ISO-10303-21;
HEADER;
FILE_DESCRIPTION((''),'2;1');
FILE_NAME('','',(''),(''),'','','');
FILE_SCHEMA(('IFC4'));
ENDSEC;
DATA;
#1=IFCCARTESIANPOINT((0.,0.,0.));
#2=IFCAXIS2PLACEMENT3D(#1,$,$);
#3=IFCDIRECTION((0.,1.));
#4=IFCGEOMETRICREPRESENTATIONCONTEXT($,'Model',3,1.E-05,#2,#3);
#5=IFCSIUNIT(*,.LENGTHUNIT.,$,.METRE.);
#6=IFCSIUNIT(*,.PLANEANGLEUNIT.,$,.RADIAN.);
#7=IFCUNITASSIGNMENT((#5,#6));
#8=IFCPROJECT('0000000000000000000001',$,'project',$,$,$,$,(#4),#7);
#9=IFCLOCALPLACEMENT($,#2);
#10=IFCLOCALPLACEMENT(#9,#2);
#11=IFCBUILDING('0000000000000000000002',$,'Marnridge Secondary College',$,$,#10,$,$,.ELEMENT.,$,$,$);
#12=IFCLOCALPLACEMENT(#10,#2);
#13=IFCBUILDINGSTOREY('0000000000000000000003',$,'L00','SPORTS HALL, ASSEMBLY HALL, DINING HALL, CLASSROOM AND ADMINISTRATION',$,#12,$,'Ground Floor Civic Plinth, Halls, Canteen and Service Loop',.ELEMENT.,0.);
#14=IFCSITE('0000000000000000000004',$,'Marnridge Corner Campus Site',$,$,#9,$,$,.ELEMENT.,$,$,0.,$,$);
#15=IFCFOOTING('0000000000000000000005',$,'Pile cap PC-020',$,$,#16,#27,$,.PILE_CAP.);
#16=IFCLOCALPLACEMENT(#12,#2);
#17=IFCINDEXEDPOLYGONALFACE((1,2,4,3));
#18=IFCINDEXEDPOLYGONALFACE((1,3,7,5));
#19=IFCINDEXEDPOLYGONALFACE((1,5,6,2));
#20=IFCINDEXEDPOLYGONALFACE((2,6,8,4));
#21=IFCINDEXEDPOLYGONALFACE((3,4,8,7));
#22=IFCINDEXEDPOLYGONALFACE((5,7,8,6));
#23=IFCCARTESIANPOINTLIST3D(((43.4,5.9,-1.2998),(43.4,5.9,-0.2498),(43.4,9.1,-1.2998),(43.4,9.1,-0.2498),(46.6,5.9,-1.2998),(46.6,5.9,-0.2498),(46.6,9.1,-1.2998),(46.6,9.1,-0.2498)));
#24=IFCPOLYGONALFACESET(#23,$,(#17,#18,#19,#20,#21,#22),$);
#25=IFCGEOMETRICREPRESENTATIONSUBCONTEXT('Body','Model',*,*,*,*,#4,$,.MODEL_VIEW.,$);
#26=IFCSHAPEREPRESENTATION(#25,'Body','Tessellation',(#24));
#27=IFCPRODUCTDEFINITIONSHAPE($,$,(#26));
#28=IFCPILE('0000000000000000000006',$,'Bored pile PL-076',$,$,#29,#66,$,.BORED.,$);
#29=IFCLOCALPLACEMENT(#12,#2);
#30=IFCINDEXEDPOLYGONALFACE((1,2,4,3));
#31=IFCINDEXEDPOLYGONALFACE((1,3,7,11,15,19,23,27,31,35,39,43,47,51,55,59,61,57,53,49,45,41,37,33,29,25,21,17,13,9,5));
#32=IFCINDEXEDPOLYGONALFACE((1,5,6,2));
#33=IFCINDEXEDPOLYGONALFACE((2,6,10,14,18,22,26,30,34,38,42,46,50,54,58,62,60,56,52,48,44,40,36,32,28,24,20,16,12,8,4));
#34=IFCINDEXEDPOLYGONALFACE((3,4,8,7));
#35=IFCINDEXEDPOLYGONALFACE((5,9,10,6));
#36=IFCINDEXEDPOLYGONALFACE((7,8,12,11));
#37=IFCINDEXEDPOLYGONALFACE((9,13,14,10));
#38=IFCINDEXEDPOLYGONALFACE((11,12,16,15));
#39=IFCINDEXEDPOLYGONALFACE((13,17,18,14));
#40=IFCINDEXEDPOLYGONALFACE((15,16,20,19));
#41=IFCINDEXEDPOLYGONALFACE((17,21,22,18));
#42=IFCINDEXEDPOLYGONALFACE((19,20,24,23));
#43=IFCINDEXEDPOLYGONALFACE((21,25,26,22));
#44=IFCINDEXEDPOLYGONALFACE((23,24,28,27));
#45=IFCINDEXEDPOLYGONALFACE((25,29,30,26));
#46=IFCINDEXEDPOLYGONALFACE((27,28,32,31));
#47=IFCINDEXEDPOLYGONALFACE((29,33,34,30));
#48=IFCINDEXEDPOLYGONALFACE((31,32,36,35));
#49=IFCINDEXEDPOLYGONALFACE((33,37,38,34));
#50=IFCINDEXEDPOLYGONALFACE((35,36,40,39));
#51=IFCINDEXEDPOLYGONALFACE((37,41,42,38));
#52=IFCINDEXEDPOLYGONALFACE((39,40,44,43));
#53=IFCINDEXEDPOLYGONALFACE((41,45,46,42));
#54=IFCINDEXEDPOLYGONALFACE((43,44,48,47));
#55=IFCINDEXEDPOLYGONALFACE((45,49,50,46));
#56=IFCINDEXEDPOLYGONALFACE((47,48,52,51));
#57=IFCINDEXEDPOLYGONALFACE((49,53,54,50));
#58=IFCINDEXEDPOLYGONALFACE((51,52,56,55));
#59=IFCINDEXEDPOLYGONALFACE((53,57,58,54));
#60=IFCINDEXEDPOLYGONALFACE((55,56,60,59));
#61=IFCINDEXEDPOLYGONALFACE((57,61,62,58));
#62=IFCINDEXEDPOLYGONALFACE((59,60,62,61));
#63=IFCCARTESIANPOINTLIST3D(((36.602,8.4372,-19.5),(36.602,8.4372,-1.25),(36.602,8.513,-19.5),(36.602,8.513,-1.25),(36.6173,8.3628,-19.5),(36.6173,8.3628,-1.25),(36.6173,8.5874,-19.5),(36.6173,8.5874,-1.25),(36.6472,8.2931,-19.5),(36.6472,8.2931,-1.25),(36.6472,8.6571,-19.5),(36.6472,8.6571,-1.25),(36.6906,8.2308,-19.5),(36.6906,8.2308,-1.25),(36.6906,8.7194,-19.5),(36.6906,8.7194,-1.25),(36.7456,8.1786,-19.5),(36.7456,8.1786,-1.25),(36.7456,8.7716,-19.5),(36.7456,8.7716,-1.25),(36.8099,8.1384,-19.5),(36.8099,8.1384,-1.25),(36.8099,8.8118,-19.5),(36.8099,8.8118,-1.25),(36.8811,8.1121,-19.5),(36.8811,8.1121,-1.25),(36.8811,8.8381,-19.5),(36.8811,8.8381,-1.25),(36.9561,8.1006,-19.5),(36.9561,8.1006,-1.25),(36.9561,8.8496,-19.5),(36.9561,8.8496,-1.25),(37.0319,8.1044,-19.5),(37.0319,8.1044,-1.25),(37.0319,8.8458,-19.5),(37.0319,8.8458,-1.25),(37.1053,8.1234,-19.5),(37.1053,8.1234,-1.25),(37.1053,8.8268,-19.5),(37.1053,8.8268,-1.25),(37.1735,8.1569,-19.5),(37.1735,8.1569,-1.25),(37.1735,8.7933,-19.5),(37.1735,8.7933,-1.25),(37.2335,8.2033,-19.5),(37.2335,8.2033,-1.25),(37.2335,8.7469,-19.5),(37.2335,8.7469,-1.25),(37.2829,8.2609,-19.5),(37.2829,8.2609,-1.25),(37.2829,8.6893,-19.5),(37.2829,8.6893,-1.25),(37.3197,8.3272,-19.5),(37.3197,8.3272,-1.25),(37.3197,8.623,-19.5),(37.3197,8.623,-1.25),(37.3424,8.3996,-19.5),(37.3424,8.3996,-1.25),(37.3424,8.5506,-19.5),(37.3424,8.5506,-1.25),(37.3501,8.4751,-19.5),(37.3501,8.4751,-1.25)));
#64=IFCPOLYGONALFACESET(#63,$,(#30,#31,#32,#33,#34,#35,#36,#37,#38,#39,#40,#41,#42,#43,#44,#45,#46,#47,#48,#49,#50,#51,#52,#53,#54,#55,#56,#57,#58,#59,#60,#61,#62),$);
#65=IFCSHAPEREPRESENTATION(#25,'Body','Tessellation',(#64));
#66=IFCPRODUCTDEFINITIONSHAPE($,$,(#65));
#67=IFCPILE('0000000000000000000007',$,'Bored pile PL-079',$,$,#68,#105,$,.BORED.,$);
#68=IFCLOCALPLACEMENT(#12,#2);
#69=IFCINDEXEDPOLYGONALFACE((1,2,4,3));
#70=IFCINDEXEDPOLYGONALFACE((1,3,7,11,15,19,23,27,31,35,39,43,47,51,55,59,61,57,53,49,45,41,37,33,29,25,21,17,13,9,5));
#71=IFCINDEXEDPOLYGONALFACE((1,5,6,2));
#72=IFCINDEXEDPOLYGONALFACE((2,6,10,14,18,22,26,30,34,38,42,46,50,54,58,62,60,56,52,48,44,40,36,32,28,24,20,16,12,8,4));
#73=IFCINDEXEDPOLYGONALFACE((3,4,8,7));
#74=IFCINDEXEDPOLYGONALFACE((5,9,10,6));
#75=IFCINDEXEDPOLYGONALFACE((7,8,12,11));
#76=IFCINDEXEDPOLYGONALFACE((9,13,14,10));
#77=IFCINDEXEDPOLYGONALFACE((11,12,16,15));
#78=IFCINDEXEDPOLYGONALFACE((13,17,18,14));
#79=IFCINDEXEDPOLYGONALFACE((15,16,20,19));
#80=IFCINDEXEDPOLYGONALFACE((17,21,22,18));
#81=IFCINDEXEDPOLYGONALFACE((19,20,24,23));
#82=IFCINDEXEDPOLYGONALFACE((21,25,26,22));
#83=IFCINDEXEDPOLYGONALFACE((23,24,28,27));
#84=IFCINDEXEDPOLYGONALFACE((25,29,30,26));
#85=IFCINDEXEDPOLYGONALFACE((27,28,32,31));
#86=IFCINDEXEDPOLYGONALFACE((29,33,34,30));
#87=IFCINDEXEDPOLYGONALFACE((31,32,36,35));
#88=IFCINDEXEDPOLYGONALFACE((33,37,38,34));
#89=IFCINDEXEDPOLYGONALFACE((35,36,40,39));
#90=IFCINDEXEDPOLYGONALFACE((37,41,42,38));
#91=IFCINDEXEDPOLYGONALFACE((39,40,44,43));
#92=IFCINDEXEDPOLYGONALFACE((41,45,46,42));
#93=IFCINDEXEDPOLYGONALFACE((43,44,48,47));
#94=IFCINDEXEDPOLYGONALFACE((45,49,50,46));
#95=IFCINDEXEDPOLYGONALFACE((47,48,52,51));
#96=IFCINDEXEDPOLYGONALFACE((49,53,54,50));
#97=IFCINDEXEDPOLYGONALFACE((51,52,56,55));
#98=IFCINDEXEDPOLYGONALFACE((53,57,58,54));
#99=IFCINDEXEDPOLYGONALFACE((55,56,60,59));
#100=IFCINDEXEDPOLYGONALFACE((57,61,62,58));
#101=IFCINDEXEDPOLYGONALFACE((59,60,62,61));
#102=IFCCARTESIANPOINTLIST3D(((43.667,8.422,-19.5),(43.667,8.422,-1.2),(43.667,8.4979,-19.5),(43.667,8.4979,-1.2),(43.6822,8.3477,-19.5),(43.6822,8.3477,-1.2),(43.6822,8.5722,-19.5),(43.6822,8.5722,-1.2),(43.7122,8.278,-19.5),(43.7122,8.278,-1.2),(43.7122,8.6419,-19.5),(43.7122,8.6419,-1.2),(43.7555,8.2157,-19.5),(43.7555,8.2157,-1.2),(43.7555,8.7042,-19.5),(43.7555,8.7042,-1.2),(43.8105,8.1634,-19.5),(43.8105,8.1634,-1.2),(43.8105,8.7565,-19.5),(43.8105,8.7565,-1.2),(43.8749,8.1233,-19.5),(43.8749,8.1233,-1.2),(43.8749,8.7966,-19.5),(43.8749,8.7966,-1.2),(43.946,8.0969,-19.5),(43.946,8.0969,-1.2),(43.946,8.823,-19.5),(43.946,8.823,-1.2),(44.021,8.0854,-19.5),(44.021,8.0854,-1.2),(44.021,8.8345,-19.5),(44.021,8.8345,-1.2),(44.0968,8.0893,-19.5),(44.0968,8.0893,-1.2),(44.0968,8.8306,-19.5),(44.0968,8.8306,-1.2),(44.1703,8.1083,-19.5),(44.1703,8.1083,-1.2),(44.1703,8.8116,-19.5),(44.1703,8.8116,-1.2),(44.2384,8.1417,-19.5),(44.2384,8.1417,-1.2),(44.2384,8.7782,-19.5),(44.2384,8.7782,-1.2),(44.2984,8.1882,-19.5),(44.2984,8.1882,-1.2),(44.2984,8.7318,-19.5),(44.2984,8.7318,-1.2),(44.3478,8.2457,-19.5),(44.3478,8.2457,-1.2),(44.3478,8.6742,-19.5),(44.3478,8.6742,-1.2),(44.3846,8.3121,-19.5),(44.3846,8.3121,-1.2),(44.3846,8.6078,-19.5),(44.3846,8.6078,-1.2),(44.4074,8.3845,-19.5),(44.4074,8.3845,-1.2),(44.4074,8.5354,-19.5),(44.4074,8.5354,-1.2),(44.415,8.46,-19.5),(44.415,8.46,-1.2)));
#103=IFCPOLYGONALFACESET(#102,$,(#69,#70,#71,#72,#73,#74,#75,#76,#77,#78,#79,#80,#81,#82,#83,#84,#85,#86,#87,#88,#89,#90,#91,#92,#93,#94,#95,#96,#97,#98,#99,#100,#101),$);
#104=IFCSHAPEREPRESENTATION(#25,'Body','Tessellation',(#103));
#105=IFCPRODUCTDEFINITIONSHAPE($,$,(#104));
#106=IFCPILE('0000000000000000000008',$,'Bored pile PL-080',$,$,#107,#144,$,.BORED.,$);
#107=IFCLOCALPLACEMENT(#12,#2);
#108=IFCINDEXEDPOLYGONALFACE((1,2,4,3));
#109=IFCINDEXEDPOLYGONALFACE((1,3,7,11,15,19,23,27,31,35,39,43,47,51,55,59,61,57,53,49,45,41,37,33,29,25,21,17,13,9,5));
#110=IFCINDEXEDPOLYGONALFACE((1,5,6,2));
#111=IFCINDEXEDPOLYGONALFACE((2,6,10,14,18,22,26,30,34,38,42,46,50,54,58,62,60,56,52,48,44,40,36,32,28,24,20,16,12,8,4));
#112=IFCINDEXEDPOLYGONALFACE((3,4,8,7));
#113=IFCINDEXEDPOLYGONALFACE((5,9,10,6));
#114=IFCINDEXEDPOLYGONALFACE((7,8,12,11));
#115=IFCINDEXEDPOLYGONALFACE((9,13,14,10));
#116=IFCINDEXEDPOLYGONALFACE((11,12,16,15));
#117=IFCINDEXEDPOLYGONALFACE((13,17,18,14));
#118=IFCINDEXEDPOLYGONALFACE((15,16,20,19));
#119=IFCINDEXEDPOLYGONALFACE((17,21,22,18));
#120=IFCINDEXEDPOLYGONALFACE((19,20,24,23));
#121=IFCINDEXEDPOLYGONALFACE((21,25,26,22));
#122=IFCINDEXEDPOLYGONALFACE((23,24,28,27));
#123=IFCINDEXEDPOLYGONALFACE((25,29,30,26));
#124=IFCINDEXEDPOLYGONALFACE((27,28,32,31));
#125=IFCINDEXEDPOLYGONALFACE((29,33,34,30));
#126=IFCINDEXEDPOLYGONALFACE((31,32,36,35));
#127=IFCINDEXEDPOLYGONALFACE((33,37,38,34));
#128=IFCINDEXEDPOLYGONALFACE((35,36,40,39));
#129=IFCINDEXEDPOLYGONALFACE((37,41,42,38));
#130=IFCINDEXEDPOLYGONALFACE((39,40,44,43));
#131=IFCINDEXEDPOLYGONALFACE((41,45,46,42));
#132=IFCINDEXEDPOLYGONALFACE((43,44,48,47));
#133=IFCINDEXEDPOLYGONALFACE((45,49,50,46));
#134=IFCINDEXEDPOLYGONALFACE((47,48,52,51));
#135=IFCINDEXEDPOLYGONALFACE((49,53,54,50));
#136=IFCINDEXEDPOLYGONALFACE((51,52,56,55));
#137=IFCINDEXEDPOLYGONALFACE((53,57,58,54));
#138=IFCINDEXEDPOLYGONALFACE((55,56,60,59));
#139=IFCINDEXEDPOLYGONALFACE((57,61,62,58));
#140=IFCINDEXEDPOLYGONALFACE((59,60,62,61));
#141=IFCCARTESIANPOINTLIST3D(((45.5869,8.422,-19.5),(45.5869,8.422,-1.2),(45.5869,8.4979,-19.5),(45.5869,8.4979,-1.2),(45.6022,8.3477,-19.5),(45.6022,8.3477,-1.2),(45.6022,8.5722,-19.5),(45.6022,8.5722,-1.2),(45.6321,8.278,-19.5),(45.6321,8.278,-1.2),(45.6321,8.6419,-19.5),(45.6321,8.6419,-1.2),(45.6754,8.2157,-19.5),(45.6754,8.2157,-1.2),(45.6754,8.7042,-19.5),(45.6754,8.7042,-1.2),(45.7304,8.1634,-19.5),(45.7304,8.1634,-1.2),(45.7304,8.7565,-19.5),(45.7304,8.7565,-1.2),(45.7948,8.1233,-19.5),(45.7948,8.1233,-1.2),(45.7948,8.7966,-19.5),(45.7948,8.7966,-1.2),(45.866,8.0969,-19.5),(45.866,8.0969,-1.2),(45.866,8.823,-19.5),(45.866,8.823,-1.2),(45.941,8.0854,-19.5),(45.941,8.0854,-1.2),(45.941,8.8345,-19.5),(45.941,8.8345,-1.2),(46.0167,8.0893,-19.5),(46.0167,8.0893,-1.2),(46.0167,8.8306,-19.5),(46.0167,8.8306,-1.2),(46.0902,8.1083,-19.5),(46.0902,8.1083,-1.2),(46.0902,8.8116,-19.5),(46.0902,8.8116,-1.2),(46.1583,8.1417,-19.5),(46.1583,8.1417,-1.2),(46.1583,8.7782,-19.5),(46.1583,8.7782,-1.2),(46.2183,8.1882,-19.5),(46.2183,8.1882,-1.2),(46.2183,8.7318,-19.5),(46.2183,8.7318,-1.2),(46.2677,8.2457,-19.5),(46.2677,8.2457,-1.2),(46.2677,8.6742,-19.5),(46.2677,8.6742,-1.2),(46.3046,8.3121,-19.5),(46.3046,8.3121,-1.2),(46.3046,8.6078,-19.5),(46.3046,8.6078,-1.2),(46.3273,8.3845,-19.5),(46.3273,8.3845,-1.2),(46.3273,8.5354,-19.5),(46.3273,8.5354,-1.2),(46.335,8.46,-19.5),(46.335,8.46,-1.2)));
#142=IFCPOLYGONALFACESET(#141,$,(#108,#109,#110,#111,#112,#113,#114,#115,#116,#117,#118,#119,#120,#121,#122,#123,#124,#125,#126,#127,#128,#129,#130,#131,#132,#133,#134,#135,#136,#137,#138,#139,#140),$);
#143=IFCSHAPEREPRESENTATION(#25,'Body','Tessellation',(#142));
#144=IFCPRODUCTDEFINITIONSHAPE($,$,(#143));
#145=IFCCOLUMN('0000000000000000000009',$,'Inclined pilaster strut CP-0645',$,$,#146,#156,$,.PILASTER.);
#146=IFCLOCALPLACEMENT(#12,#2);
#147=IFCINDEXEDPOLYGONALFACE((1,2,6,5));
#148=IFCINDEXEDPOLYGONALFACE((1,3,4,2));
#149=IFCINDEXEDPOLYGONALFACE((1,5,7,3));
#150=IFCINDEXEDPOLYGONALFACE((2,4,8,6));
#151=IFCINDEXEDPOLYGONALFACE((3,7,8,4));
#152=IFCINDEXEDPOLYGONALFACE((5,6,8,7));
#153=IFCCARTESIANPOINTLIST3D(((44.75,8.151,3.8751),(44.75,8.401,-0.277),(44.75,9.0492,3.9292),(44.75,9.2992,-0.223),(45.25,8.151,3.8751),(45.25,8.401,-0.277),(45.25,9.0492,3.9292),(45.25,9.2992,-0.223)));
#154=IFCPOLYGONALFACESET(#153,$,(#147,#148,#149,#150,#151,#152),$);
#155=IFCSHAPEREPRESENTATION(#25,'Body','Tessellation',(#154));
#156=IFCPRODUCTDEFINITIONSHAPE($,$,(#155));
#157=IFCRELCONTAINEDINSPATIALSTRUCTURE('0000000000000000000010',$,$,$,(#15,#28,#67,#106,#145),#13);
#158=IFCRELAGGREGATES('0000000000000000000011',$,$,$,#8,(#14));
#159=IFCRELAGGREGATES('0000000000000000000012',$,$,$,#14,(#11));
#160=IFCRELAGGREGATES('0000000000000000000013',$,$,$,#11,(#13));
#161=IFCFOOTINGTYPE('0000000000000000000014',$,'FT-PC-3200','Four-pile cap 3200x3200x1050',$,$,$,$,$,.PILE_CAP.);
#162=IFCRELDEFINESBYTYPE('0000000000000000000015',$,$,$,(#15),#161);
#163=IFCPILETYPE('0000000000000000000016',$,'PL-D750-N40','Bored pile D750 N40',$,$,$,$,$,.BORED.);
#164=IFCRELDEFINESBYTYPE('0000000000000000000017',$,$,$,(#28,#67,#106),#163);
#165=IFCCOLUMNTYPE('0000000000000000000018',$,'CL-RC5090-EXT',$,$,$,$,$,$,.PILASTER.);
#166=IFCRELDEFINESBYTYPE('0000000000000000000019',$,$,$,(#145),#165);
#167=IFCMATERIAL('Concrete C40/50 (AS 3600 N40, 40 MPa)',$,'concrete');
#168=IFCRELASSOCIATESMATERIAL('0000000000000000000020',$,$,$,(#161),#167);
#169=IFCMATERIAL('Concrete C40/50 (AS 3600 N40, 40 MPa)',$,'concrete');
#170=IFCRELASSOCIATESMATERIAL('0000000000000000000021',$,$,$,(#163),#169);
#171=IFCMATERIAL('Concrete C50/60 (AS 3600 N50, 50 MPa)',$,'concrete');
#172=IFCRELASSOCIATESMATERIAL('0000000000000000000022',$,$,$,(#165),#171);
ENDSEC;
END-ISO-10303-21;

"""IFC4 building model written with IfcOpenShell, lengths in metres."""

from ifc_helpers import new_model, si_unit, direction, frame, origin, origin_2d, place, context, subcontext, project, spatial, rectangle, circle, extrude, material, material_profile, profile_set, type_object, element, save


model = new_model("IFC4")

# Units and contexts
model_context = context("Model", 3, precision=1e-05, world=origin(), true_north=direction((0.0, 1.0)))
body_context = subcontext(model_context, "Body", "Model", "MODEL_VIEW")
ifc_project = project(units=[si_unit("LENGTHUNIT", "METRE"), si_unit("PLANEANGLEUNIT", "RADIAN")], contexts=[model_context])

# Site, building, storey
site_placement = place(None, origin())
site = spatial("IfcSite", under=ifc_project, at=site_placement, Name="Marnridge Corner Campus Site", CompositionType="ELEMENT", RefElevation=0.0)
building_placement = place(site_placement, origin())
building = spatial("IfcBuilding", under=site, at=building_placement, Name="Marnridge Secondary College", CompositionType="ELEMENT")
storey_placement = place(building_placement, origin())
storey = spatial("IfcBuildingStorey", under=building, at=storey_placement, Name="L00", Description="SPORTS HALL, ASSEMBLY HALL, DINING HALL, CLASSROOM AND ADMINISTRATION", LongName="Ground Floor Civic Plinth, Halls, Canteen and Service Loop", CompositionType="ELEMENT", Elevation=0.0)

# Footing
ifc_material_1 = material(Name="Concrete C40/50 (AS 3600 N40, 40 MPa)", Category="concrete")
footing_type = type_object("IfcFootingType", Name="FT-PC-3200", Description="Four-pile cap 3200x3200x1050", PredefinedType="PILE_CAP", material=ifc_material_1)
footing_placement = place(storey_placement, frame((45.0, 7.5, -1.2998), z_axis=(0.0, 0.0, 1.0), x_axis=(1.0, 0.0, 0.0)))
element("IfcFooting", 1, at=footing_placement, inside=storey, type_object=footing_type, Name="Pile cap PC-020", PredefinedType="PILE_CAP", context=body_context, shape_type="SweptSolid", body=[
    extrude(rectangle(XDim=3.2, YDim=3.2, at=origin_2d()), origin(), (0.0, 0.0, 1.0), 1.05),
])

# Piles
ifc_material_2 = material(Name="Concrete C40/50 (AS 3600 N40, 40 MPa)", Category="concrete")
ifc_material_profile_1 = material_profile(ifc_material_2, circle(Radius=0.375, at=origin_2d()), Name="PILE D750")
ifc_profile_set_1 = profile_set([ifc_material_profile_1], Name="Concrete C40/50 (AS 3600 N40, 40 MPa)")
pile_type = type_object("IfcPileType", Name="PL-D750-N40", Description="Bored pile D750 N40", PredefinedType="BORED", material=ifc_profile_set_1)
pile_placement = place(storey_placement, frame((36.9751, 8.4751, -1.25), z_axis=(0.0, 0.0, -1.0), x_axis=(1.0, 0.0, 0.0)))
element("IfcPile", 2, at=pile_placement, inside=storey, type_object=pile_type, Name="Bored pile PL-076", PredefinedType="BORED", context=body_context, shape_type="SweptSolid", body=[
    extrude(circle(Radius=0.375, at=origin_2d()), origin(), (0.0, 0.0, 1.0), 18.25),
])
for number, where, z_axis, x_axis, name in (
    (3, (44.04, 8.46, -1.2), (0.0, 0.0, -1.0), (1.0, 0.0, 0.0), "Bored pile PL-079"),
    (4, (45.96, 8.46, -1.2), (0.0, 0.0, -1.0), (1.0, 0.0, 0.0), "Bored pile PL-080"),
):
    element("IfcPile", number, at=place(storey_placement, frame(where, z_axis=z_axis, x_axis=x_axis)), inside=storey, type_object=pile_type, Name=name, PredefinedType="BORED", context=body_context, shape_type="SweptSolid", body=[
        extrude(circle(Radius=0.375, at=origin_2d()), origin(), (0.0, 0.0, 1.0), 18.3),
    ])

# Column
ifc_material_3 = material(Name="Concrete C50/60 (AS 3600 N50, 50 MPa)", Category="concrete")
ifc_material_profile_2 = material_profile(ifc_material_3, rectangle(XDim=0.5, YDim=0.8999, at=origin_2d()), Name="RC 500x900")
ifc_profile_set_2 = profile_set([ifc_material_profile_2], Name="Concrete C50/60 (AS 3600 N50, 50 MPa)")
column_type_1 = type_object("IfcColumnType", Name="CL-RC5090-EXT", PredefinedType="PILASTER", material=ifc_profile_set_2)
column_1_placement = place(storey_placement, frame((45.0, 8.8501, -0.25), z_axis=(0.0, -0.060102, 0.998192), x_axis=(1.0, 0.0, 0.0)))
element("IfcColumn", 5, at=column_1_placement, inside=storey, type_object=column_type_1, Name="Inclined pilaster strut CP-0645", PredefinedType="PILASTER", context=body_context, shape_type="SweptSolid", body=[
    extrude(rectangle(XDim=0.5, YDim=0.8999, at=origin_2d()), origin(), (0.0, 0.0, 1.0), 4.1597),
])

save(model, "model.ifc")
